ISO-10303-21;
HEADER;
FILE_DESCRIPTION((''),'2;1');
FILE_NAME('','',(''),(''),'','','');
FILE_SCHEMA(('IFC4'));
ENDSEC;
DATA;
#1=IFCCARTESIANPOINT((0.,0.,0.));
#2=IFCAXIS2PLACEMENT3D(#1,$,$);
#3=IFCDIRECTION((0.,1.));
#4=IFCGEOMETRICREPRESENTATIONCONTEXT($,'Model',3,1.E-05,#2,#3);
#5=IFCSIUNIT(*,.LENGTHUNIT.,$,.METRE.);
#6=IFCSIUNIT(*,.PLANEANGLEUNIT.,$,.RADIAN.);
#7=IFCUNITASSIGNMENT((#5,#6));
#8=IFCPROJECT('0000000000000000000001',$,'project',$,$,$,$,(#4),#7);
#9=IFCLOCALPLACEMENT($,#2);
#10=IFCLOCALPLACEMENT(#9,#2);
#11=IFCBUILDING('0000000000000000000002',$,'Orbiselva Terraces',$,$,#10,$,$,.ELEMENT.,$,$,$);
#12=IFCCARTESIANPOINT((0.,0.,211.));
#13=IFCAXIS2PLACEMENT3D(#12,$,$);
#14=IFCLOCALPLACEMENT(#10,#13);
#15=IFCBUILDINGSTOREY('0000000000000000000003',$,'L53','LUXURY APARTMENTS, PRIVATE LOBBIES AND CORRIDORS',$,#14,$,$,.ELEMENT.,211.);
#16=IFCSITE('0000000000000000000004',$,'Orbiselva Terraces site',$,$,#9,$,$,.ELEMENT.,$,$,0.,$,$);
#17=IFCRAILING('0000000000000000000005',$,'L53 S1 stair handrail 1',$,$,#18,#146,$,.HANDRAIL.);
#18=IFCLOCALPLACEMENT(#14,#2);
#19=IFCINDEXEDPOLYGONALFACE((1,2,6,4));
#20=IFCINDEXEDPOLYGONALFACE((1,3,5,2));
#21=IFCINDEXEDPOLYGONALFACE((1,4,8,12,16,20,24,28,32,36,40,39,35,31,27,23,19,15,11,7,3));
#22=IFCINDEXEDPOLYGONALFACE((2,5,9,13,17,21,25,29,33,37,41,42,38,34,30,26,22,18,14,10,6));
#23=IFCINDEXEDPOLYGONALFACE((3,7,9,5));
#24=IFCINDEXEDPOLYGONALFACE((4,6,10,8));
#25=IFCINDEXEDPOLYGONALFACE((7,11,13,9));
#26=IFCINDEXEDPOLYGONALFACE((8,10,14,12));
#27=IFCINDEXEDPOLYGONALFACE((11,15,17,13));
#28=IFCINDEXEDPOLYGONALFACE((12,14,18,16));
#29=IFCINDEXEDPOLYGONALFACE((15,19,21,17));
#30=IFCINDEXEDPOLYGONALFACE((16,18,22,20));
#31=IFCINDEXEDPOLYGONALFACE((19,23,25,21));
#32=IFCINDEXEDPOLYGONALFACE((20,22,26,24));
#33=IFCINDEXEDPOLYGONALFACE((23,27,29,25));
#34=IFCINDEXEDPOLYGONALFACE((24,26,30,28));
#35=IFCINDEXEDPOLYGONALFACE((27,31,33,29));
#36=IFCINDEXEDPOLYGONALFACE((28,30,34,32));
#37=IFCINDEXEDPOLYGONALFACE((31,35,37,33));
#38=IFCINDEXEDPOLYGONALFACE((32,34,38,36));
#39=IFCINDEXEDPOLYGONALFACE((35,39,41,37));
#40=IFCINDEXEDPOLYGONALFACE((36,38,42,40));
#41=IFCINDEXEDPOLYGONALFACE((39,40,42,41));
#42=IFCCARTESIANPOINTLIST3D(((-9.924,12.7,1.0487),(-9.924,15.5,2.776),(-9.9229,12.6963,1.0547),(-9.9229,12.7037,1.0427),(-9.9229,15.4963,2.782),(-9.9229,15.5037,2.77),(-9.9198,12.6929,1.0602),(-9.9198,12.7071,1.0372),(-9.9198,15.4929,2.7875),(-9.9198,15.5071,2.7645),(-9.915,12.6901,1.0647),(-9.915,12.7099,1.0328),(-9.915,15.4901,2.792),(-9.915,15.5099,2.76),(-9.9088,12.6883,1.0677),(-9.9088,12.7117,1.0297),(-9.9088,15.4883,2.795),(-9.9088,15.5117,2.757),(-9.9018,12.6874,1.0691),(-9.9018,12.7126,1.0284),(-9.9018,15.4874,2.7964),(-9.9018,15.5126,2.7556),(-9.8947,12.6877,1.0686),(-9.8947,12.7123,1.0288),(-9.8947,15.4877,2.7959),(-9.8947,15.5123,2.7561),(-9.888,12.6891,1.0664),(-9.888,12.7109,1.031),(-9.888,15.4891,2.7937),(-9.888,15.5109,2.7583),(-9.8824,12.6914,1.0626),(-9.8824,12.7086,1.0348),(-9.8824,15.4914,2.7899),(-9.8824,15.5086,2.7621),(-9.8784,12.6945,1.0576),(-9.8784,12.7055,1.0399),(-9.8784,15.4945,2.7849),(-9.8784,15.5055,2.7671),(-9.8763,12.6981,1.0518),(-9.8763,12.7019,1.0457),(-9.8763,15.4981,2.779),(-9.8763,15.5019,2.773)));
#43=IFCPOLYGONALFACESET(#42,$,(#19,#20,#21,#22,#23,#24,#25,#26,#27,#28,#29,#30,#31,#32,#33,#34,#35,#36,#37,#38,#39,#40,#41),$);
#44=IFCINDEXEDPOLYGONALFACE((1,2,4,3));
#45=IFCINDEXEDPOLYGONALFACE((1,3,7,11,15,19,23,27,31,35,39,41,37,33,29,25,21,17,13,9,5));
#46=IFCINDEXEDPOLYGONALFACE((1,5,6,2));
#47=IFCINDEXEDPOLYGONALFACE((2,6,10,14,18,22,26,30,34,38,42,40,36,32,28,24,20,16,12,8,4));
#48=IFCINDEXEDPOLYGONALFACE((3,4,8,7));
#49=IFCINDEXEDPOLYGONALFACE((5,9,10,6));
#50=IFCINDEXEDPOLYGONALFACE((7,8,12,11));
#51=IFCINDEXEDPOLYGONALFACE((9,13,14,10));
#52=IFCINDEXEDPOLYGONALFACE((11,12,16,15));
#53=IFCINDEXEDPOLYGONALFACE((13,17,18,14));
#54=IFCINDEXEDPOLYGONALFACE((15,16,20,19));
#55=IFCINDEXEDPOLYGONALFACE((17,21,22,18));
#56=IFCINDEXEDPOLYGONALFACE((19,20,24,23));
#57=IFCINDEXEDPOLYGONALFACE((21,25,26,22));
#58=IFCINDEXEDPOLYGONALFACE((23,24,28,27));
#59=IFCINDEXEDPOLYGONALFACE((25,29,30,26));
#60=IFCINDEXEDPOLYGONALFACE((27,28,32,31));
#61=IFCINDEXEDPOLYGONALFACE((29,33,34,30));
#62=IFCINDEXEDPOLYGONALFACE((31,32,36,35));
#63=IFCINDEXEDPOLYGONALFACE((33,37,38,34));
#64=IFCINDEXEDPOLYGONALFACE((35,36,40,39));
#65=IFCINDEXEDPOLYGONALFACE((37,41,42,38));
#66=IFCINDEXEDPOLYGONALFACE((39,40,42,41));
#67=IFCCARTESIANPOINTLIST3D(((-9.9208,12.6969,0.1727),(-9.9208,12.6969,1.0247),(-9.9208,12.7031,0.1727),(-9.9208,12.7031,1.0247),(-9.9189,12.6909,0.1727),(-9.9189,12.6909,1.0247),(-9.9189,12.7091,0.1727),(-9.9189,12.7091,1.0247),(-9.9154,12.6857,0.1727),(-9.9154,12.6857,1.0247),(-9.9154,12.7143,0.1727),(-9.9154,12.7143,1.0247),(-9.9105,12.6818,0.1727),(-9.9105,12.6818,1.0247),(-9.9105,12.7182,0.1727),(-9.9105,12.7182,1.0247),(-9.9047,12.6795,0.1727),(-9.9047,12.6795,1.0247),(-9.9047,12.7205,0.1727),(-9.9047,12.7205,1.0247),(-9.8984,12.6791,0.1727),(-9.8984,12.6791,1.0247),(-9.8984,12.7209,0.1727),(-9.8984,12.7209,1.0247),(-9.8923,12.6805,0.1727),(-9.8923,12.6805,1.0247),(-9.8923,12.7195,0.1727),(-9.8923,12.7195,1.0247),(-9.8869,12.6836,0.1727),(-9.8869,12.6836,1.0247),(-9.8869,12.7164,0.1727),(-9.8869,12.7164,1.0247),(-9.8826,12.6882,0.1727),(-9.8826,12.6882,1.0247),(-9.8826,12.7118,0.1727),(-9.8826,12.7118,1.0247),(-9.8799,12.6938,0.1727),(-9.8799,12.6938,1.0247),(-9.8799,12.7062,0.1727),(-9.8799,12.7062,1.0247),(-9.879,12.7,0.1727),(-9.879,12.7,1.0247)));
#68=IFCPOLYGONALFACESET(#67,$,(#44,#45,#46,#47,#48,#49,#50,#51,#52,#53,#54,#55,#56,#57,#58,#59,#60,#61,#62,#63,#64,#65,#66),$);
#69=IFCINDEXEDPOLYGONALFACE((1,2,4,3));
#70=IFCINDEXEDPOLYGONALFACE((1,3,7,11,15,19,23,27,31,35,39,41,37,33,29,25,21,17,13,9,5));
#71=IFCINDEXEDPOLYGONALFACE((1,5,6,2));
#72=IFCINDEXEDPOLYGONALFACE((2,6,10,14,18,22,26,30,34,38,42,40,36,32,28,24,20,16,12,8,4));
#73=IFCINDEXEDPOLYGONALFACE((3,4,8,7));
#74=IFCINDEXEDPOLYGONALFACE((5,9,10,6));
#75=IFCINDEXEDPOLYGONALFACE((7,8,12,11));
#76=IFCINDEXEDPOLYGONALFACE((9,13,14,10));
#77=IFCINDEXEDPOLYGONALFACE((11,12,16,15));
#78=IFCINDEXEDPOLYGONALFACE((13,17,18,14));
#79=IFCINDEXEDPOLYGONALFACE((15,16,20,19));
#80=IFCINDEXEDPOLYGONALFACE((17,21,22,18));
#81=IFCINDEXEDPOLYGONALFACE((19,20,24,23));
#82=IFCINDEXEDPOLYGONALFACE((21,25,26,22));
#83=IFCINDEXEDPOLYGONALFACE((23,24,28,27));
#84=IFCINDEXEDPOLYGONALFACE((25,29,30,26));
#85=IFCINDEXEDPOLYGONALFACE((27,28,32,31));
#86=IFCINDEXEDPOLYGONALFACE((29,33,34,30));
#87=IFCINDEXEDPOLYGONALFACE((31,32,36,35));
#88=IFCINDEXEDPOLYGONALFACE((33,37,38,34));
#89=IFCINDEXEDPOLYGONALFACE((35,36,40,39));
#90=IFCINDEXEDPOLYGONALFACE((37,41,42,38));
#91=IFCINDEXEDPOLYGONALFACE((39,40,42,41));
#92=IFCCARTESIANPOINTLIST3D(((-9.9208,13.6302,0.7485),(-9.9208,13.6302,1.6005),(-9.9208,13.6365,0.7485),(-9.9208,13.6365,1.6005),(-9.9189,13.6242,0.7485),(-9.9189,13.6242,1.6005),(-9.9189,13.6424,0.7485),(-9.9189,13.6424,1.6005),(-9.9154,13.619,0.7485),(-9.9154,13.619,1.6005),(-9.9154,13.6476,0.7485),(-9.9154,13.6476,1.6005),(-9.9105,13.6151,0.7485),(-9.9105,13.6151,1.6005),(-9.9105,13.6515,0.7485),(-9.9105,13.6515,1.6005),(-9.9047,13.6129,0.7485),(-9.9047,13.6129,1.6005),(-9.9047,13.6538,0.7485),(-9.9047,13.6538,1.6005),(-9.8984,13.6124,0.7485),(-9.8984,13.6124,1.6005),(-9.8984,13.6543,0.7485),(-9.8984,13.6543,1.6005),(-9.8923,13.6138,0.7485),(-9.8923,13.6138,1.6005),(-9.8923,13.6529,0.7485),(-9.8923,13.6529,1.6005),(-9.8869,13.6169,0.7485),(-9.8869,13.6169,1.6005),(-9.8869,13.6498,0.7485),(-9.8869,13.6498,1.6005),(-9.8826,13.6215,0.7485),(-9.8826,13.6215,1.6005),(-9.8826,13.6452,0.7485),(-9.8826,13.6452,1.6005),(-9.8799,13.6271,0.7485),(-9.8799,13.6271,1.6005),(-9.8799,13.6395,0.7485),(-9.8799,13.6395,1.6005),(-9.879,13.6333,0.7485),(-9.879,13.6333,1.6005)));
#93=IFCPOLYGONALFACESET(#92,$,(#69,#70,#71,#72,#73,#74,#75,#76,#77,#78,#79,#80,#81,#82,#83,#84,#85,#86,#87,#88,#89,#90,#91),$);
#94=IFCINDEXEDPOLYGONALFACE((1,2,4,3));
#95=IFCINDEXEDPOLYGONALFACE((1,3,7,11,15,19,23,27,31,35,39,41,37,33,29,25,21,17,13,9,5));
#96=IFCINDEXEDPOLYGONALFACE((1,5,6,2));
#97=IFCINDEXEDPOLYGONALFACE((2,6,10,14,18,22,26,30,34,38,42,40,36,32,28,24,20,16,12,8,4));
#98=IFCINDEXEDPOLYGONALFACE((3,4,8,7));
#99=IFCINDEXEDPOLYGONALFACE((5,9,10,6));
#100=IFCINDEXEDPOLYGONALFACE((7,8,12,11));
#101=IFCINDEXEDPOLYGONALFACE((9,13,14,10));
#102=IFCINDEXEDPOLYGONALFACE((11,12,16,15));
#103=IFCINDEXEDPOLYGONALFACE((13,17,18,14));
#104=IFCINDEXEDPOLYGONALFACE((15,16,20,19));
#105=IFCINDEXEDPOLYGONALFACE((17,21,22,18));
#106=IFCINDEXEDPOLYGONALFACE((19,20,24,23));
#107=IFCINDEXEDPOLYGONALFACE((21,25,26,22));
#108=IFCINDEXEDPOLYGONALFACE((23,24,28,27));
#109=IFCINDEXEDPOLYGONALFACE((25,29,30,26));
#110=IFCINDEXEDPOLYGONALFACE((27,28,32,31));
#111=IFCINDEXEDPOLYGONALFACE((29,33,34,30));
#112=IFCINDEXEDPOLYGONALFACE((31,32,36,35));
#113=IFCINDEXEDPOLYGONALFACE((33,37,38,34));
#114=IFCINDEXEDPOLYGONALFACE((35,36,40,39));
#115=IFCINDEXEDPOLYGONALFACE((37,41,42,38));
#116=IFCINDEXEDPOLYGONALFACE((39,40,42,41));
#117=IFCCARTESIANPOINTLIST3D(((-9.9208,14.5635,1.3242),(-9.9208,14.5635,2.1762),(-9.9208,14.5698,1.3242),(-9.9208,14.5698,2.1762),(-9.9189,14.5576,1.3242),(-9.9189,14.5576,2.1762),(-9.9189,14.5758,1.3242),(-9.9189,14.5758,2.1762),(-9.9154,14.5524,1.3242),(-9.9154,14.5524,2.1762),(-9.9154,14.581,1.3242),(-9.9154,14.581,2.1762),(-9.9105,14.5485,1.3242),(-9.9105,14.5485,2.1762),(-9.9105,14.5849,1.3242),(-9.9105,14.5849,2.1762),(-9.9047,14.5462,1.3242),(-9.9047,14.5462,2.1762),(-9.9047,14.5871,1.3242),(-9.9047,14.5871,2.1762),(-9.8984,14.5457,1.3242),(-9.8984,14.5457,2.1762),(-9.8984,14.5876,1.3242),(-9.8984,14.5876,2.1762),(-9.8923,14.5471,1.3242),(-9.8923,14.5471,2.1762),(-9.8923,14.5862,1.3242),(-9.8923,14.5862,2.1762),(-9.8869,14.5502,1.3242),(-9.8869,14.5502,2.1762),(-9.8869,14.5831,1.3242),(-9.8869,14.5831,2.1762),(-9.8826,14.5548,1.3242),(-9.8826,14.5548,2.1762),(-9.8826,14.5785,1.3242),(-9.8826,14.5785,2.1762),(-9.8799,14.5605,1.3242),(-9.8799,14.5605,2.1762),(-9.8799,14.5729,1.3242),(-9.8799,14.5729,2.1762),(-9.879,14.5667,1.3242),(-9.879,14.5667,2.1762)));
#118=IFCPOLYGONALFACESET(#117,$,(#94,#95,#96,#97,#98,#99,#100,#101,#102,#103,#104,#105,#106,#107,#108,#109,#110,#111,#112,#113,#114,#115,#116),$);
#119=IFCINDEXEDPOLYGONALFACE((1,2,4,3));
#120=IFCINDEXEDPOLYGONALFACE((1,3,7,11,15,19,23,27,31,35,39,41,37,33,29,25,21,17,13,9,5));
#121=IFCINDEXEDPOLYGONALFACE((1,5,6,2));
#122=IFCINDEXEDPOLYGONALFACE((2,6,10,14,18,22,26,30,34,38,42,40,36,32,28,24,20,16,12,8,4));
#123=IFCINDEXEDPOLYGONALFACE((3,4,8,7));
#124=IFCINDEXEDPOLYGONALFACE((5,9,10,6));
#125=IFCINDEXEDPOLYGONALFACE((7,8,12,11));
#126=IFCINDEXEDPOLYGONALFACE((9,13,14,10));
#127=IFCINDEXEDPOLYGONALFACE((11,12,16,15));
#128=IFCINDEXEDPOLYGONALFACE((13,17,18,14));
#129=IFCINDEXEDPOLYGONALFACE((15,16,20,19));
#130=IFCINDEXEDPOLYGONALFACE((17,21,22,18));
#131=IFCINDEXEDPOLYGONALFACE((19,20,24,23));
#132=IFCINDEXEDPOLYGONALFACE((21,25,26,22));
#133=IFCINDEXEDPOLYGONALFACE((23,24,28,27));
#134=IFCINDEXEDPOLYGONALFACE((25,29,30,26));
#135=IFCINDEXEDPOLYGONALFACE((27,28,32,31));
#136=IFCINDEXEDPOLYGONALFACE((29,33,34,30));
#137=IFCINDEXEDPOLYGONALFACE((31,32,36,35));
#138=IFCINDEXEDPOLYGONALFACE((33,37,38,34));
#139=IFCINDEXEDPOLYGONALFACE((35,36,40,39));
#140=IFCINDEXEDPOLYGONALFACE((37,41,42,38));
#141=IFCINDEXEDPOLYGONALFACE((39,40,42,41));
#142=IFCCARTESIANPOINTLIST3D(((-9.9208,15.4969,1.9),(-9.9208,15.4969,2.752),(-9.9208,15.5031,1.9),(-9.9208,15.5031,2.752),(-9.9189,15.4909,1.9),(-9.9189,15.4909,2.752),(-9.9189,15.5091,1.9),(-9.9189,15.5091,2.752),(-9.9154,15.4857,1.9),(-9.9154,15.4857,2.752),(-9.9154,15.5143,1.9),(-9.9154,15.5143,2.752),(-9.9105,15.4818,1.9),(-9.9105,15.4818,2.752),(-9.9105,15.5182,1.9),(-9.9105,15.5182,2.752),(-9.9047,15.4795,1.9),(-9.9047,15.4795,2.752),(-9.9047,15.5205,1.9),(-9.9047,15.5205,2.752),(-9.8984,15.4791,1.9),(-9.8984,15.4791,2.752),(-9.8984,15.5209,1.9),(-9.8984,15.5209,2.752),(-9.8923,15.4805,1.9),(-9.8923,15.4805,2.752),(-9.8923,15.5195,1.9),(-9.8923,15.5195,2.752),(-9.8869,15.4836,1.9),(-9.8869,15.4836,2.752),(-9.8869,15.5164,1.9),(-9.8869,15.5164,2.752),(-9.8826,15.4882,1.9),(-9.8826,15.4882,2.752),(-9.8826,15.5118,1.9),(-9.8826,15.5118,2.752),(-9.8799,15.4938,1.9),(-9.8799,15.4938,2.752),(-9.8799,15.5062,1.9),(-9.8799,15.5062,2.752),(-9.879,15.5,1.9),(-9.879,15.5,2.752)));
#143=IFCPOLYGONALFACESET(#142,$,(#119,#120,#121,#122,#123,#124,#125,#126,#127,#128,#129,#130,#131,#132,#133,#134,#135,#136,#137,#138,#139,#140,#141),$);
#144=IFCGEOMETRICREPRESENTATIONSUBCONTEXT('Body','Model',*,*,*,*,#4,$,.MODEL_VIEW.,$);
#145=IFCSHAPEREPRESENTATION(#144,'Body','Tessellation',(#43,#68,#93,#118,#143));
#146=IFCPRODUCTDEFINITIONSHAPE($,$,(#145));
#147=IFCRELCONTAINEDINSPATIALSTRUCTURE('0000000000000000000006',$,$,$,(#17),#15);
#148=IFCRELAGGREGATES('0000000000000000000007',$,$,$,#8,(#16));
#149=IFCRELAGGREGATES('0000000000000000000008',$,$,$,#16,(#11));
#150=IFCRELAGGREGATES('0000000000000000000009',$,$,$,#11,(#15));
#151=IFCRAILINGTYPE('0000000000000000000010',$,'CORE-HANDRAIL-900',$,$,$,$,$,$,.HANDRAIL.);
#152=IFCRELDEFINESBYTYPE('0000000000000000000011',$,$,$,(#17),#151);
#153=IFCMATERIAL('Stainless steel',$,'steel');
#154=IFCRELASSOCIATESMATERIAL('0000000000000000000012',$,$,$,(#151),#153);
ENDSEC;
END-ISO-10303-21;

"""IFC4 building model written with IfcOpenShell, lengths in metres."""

from ifc_helpers import new_model, si_unit, direction, frame, origin, origin_2d, place, context, subcontext, project, spatial, circle, extrude, material, type_object, element, save


model = new_model("IFC4")

# Units and contexts
model_context = context("Model", 3, precision=1e-05, world=origin(), true_north=direction((0.0, 1.0)))
body_context = subcontext(model_context, "Body", "Model", "MODEL_VIEW")
ifc_project = project(units=[si_unit("LENGTHUNIT", "METRE"), si_unit("PLANEANGLEUNIT", "RADIAN")], contexts=[model_context])

# Site, building, storey
site_placement = place(None, origin())
site = spatial("IfcSite", under=ifc_project, at=site_placement, Name="Orbiselva Terraces site", CompositionType="ELEMENT", RefElevation=0.0)
building_placement = place(site_placement, origin())
building = spatial("IfcBuilding", under=site, at=building_placement, Name="Orbiselva Terraces", CompositionType="ELEMENT")
storey_placement = place(building_placement, frame((0.0, 0.0, 211.0)))
storey = spatial("IfcBuildingStorey", under=building, at=storey_placement, Name="L53", Description="LUXURY APARTMENTS, PRIVATE LOBBIES AND CORRIDORS", CompositionType="ELEMENT", Elevation=211.0)

# Railing
ifc_material_1 = material(Name="Stainless steel", Category="steel")
railing_type_1 = type_object("IfcRailingType", Name="CORE-HANDRAIL-900", PredefinedType="HANDRAIL", material=ifc_material_1)
railing_1_placement = place(storey_placement, frame((-9.9, 12.7, 0.1727)))
element("IfcRailing", 1, at=railing_1_placement, inside=storey, type_object=railing_type_1, Name="L53 S1 stair handrail 1", PredefinedType="HANDRAIL", context=body_context, shape_type="SweptSolid", body=[
    extrude(circle(Radius=0.024, at=origin_2d()), frame((0.0, 0.0, 0.876), z_axis=(0.0, 0.851089, 0.525022), x_axis=(-1.0, 0.0, 0.0)), (0.0, 0.0, 1.0), 3.2899),
    extrude(circle(Radius=0.021, at=origin_2d()), origin(), (0.0, 0.0, 1.0), 0.852),
    extrude(circle(Radius=0.021, at=origin_2d()), frame((0.0, 0.9333, 0.5758)), (0.0, 0.0, 1.0), 0.852),
    extrude(circle(Radius=0.021, at=origin_2d()), frame((0.0, 1.8667, 1.1515)), (0.0, 0.0, 1.0), 0.852),
    extrude(circle(Radius=0.021, at=origin_2d()), frame((0.0, 2.8, 1.7273)), (0.0, 0.0, 1.0), 0.852),
])

save(model, "model.ifc")
